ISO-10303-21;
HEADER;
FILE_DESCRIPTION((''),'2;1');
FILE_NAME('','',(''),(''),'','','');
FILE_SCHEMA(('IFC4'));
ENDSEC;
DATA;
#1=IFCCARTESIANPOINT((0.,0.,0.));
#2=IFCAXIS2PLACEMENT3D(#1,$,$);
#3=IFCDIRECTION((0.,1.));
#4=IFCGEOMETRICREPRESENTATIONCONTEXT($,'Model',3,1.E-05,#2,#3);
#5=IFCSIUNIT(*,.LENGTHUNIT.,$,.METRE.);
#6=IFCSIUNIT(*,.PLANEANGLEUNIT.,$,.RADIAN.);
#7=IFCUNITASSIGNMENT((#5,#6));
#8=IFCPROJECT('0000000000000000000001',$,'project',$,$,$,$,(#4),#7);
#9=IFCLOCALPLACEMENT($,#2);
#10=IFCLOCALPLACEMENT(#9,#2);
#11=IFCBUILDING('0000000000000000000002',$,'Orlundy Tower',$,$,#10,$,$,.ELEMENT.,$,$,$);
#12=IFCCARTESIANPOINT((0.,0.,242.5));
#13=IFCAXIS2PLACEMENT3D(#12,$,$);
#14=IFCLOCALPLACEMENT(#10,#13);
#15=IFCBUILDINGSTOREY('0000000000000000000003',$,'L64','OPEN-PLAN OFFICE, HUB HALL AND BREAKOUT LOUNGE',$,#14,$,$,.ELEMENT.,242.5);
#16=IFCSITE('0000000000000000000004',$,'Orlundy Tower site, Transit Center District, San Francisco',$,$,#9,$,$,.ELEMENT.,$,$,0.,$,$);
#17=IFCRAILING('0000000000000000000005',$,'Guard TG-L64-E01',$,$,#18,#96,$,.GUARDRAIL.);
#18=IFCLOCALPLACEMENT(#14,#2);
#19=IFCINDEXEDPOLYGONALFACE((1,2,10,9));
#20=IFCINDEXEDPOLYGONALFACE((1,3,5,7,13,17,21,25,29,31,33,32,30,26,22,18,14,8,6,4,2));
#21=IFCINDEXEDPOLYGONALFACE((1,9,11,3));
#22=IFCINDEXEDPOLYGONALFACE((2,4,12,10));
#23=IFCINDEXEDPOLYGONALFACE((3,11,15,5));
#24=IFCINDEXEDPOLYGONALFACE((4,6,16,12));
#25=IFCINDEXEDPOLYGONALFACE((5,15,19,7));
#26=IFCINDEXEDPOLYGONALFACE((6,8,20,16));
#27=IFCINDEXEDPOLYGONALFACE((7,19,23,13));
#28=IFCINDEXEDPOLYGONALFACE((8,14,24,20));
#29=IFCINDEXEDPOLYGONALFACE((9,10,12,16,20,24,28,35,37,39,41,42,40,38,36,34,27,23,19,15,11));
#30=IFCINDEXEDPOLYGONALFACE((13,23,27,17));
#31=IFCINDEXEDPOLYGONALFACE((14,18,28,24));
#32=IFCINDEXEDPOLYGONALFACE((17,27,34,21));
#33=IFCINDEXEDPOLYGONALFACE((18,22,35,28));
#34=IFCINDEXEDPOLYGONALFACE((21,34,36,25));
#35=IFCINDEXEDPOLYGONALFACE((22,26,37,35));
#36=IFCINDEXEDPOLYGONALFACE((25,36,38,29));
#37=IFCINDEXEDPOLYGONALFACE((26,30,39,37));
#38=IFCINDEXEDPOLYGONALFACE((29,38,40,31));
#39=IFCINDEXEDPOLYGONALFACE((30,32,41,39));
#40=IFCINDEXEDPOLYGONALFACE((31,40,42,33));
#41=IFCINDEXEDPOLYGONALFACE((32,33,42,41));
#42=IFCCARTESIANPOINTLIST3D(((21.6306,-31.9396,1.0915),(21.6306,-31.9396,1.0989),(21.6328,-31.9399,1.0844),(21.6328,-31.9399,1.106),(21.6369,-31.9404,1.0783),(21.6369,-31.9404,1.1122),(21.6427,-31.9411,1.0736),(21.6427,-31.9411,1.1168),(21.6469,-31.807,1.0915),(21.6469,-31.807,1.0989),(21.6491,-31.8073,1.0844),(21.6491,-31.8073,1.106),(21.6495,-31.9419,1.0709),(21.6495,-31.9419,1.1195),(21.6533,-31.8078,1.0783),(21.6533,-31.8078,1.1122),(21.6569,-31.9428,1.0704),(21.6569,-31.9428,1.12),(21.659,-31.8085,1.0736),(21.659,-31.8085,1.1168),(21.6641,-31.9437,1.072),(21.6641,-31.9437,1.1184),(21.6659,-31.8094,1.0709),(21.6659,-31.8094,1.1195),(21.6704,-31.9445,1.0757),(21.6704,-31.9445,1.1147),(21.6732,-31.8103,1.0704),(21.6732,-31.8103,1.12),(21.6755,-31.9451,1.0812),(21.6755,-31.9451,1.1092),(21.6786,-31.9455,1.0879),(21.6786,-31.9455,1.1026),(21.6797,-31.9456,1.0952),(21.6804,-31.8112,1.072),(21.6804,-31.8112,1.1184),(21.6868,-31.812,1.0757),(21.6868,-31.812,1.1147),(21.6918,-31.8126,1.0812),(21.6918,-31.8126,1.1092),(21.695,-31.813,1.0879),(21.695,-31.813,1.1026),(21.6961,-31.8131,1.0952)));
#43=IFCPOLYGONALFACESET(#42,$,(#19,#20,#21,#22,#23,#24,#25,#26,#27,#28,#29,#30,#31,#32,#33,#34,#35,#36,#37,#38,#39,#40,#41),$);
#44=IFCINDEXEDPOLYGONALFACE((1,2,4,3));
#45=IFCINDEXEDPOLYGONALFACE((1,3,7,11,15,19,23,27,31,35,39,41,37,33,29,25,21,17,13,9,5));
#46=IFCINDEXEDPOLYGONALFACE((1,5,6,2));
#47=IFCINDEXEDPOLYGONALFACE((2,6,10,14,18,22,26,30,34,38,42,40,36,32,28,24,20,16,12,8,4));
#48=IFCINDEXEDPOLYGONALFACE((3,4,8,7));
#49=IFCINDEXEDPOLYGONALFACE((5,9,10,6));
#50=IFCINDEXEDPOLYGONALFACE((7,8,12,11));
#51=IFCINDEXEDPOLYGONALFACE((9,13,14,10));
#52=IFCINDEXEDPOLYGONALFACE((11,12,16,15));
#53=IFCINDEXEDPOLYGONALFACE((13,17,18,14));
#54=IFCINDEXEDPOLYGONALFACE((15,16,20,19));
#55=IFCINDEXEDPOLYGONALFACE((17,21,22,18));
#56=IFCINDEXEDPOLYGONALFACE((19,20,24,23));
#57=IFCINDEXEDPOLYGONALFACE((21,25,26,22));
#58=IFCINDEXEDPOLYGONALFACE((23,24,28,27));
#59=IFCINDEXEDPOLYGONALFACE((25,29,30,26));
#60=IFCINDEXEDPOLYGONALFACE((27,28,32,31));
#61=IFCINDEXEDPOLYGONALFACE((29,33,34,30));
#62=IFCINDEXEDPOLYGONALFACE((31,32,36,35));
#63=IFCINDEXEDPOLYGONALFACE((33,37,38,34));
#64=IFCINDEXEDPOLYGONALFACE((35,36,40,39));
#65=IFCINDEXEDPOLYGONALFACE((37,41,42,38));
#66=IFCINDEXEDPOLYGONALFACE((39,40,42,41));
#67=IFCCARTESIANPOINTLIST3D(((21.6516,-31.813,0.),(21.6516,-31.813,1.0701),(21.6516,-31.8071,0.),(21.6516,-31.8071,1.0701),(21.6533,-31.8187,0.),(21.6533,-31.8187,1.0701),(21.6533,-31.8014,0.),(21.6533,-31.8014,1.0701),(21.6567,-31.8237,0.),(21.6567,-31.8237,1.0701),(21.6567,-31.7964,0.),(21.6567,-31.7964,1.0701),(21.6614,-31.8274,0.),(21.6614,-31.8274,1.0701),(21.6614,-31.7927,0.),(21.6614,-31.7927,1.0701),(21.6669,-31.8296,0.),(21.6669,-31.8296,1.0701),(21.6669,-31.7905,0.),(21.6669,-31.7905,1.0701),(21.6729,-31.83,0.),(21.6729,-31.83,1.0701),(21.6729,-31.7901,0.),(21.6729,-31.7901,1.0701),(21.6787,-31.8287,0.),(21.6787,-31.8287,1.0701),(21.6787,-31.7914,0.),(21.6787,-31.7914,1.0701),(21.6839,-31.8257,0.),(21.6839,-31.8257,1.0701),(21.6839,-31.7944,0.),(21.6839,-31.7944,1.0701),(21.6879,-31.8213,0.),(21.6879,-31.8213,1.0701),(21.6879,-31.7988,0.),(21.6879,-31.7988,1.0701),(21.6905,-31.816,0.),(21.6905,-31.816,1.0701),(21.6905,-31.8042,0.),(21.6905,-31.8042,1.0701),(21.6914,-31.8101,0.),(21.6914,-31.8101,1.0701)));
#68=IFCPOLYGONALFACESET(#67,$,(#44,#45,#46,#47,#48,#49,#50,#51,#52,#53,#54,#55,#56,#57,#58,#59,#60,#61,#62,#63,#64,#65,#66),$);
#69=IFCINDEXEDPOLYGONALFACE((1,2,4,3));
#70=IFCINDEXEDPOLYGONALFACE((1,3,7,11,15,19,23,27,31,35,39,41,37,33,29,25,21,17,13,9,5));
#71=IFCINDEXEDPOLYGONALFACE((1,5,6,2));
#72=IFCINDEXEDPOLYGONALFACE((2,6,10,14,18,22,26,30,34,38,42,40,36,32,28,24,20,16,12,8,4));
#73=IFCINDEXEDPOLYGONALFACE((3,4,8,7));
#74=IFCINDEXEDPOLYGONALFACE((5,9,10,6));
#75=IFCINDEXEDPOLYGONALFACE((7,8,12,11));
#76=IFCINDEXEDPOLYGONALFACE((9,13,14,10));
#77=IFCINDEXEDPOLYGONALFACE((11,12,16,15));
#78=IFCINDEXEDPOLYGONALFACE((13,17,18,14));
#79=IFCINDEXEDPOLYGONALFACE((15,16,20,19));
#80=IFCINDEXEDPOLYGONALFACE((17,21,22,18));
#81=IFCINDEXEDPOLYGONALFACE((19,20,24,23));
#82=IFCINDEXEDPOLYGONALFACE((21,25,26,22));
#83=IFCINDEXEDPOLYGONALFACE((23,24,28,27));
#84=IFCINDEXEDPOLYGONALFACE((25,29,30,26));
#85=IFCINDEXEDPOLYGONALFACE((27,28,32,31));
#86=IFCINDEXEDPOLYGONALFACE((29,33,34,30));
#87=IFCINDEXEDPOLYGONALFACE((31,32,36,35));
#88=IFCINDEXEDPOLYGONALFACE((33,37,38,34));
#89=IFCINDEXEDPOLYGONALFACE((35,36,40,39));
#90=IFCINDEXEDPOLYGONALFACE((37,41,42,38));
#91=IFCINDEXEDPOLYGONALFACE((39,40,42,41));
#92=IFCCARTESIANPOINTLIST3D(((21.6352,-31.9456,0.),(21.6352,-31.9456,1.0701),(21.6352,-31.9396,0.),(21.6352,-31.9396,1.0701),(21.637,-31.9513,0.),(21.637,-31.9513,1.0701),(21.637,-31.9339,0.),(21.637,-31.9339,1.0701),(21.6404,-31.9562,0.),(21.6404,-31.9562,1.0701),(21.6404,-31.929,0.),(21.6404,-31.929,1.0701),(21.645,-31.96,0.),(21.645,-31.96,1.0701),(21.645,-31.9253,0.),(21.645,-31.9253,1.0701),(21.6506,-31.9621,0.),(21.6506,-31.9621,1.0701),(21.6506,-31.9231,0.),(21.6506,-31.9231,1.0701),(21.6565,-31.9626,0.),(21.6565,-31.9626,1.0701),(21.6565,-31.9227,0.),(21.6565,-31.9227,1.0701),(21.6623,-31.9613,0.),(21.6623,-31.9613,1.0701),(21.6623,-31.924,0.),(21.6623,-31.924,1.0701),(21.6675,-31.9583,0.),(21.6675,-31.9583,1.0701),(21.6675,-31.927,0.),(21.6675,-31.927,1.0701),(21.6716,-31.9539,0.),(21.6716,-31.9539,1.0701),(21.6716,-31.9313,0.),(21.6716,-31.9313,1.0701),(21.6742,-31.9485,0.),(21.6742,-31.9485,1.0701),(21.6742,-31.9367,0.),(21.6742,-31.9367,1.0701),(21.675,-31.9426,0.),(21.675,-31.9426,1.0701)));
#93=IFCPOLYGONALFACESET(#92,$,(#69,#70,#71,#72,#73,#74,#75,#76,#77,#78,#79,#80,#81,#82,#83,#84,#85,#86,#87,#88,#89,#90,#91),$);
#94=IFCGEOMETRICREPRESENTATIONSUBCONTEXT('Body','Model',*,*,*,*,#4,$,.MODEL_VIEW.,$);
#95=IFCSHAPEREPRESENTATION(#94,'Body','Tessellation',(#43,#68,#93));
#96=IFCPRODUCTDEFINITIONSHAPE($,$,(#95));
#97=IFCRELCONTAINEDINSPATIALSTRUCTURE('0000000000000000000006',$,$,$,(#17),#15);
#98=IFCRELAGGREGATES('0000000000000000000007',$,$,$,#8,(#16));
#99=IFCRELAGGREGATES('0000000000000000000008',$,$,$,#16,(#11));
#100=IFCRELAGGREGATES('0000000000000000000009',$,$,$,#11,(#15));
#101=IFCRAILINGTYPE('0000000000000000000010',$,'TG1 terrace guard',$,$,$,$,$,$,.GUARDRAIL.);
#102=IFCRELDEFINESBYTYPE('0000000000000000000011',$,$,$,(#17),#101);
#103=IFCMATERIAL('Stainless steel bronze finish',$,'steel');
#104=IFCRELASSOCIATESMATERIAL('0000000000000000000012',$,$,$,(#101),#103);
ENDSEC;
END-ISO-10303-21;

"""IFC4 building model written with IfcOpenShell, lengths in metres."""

from ifc_helpers import new_model, si_unit, direction, frame, origin, origin_2d, place, context, subcontext, project, spatial, circle, extrude, material, type_object, element, save


model = new_model("IFC4")

# Units and contexts
model_context = context("Model", 3, precision=1e-05, world=origin(), true_north=direction((0.0, 1.0)))
body_context = subcontext(model_context, "Body", "Model", "MODEL_VIEW")
ifc_project = project(units=[si_unit("LENGTHUNIT", "METRE"), si_unit("PLANEANGLEUNIT", "RADIAN")], contexts=[model_context])

# Site, building, storey
site_placement = place(None, origin())
site = spatial("IfcSite", under=ifc_project, at=site_placement, Name="Orlundy Tower site, Transit Center District, San Francisco", CompositionType="ELEMENT", RefElevation=0.0)
building_placement = place(site_placement, origin())
building = spatial("IfcBuilding", under=site, at=building_placement, Name="Orlundy Tower", CompositionType="ELEMENT")
storey_placement = place(building_placement, frame((0.0, 0.0, 242.5)))
storey = spatial("IfcBuildingStorey", under=building, at=storey_placement, Name="L64", Description="OPEN-PLAN OFFICE, HUB HALL AND BREAKOUT LOUNGE", CompositionType="ELEMENT", Elevation=242.5)

# Railing
ifc_material_1 = material(Name="Stainless steel bronze finish", Category="steel")
railing_type = type_object("IfcRailingType", Name="TG1 terrace guard", PredefinedType="GUARDRAIL", material=ifc_material_1)
railing_placement = place(storey_placement, frame((21.6714, -31.8101, 0.0)))
element("IfcRailing", 1, at=railing_placement, inside=storey, type_object=railing_type, Name="Guard TG-L64-E01", PredefinedType="GUARDRAIL", context=body_context, shape_type="SweptSolid", body=[
    extrude(circle(Radius=0.0249, at=origin_2d()), frame((0.0, 0.0, 1.0952), z_axis=(-0.12246, -0.992473, 0.0), x_axis=(0.992473, -0.12246, 0.0)), (0.0, 0.0, 1.0), 0.1335),
    extrude(circle(Radius=0.02, at=origin_2d()), origin(), (0.0, 0.0, 1.0), 1.0701),
    extrude(circle(Radius=0.02, at=origin_2d()), frame((-0.0164, -0.1326, 0.0)), (0.0, 0.0, 1.0), 1.0701),
])

save(model, "model.ifc")
